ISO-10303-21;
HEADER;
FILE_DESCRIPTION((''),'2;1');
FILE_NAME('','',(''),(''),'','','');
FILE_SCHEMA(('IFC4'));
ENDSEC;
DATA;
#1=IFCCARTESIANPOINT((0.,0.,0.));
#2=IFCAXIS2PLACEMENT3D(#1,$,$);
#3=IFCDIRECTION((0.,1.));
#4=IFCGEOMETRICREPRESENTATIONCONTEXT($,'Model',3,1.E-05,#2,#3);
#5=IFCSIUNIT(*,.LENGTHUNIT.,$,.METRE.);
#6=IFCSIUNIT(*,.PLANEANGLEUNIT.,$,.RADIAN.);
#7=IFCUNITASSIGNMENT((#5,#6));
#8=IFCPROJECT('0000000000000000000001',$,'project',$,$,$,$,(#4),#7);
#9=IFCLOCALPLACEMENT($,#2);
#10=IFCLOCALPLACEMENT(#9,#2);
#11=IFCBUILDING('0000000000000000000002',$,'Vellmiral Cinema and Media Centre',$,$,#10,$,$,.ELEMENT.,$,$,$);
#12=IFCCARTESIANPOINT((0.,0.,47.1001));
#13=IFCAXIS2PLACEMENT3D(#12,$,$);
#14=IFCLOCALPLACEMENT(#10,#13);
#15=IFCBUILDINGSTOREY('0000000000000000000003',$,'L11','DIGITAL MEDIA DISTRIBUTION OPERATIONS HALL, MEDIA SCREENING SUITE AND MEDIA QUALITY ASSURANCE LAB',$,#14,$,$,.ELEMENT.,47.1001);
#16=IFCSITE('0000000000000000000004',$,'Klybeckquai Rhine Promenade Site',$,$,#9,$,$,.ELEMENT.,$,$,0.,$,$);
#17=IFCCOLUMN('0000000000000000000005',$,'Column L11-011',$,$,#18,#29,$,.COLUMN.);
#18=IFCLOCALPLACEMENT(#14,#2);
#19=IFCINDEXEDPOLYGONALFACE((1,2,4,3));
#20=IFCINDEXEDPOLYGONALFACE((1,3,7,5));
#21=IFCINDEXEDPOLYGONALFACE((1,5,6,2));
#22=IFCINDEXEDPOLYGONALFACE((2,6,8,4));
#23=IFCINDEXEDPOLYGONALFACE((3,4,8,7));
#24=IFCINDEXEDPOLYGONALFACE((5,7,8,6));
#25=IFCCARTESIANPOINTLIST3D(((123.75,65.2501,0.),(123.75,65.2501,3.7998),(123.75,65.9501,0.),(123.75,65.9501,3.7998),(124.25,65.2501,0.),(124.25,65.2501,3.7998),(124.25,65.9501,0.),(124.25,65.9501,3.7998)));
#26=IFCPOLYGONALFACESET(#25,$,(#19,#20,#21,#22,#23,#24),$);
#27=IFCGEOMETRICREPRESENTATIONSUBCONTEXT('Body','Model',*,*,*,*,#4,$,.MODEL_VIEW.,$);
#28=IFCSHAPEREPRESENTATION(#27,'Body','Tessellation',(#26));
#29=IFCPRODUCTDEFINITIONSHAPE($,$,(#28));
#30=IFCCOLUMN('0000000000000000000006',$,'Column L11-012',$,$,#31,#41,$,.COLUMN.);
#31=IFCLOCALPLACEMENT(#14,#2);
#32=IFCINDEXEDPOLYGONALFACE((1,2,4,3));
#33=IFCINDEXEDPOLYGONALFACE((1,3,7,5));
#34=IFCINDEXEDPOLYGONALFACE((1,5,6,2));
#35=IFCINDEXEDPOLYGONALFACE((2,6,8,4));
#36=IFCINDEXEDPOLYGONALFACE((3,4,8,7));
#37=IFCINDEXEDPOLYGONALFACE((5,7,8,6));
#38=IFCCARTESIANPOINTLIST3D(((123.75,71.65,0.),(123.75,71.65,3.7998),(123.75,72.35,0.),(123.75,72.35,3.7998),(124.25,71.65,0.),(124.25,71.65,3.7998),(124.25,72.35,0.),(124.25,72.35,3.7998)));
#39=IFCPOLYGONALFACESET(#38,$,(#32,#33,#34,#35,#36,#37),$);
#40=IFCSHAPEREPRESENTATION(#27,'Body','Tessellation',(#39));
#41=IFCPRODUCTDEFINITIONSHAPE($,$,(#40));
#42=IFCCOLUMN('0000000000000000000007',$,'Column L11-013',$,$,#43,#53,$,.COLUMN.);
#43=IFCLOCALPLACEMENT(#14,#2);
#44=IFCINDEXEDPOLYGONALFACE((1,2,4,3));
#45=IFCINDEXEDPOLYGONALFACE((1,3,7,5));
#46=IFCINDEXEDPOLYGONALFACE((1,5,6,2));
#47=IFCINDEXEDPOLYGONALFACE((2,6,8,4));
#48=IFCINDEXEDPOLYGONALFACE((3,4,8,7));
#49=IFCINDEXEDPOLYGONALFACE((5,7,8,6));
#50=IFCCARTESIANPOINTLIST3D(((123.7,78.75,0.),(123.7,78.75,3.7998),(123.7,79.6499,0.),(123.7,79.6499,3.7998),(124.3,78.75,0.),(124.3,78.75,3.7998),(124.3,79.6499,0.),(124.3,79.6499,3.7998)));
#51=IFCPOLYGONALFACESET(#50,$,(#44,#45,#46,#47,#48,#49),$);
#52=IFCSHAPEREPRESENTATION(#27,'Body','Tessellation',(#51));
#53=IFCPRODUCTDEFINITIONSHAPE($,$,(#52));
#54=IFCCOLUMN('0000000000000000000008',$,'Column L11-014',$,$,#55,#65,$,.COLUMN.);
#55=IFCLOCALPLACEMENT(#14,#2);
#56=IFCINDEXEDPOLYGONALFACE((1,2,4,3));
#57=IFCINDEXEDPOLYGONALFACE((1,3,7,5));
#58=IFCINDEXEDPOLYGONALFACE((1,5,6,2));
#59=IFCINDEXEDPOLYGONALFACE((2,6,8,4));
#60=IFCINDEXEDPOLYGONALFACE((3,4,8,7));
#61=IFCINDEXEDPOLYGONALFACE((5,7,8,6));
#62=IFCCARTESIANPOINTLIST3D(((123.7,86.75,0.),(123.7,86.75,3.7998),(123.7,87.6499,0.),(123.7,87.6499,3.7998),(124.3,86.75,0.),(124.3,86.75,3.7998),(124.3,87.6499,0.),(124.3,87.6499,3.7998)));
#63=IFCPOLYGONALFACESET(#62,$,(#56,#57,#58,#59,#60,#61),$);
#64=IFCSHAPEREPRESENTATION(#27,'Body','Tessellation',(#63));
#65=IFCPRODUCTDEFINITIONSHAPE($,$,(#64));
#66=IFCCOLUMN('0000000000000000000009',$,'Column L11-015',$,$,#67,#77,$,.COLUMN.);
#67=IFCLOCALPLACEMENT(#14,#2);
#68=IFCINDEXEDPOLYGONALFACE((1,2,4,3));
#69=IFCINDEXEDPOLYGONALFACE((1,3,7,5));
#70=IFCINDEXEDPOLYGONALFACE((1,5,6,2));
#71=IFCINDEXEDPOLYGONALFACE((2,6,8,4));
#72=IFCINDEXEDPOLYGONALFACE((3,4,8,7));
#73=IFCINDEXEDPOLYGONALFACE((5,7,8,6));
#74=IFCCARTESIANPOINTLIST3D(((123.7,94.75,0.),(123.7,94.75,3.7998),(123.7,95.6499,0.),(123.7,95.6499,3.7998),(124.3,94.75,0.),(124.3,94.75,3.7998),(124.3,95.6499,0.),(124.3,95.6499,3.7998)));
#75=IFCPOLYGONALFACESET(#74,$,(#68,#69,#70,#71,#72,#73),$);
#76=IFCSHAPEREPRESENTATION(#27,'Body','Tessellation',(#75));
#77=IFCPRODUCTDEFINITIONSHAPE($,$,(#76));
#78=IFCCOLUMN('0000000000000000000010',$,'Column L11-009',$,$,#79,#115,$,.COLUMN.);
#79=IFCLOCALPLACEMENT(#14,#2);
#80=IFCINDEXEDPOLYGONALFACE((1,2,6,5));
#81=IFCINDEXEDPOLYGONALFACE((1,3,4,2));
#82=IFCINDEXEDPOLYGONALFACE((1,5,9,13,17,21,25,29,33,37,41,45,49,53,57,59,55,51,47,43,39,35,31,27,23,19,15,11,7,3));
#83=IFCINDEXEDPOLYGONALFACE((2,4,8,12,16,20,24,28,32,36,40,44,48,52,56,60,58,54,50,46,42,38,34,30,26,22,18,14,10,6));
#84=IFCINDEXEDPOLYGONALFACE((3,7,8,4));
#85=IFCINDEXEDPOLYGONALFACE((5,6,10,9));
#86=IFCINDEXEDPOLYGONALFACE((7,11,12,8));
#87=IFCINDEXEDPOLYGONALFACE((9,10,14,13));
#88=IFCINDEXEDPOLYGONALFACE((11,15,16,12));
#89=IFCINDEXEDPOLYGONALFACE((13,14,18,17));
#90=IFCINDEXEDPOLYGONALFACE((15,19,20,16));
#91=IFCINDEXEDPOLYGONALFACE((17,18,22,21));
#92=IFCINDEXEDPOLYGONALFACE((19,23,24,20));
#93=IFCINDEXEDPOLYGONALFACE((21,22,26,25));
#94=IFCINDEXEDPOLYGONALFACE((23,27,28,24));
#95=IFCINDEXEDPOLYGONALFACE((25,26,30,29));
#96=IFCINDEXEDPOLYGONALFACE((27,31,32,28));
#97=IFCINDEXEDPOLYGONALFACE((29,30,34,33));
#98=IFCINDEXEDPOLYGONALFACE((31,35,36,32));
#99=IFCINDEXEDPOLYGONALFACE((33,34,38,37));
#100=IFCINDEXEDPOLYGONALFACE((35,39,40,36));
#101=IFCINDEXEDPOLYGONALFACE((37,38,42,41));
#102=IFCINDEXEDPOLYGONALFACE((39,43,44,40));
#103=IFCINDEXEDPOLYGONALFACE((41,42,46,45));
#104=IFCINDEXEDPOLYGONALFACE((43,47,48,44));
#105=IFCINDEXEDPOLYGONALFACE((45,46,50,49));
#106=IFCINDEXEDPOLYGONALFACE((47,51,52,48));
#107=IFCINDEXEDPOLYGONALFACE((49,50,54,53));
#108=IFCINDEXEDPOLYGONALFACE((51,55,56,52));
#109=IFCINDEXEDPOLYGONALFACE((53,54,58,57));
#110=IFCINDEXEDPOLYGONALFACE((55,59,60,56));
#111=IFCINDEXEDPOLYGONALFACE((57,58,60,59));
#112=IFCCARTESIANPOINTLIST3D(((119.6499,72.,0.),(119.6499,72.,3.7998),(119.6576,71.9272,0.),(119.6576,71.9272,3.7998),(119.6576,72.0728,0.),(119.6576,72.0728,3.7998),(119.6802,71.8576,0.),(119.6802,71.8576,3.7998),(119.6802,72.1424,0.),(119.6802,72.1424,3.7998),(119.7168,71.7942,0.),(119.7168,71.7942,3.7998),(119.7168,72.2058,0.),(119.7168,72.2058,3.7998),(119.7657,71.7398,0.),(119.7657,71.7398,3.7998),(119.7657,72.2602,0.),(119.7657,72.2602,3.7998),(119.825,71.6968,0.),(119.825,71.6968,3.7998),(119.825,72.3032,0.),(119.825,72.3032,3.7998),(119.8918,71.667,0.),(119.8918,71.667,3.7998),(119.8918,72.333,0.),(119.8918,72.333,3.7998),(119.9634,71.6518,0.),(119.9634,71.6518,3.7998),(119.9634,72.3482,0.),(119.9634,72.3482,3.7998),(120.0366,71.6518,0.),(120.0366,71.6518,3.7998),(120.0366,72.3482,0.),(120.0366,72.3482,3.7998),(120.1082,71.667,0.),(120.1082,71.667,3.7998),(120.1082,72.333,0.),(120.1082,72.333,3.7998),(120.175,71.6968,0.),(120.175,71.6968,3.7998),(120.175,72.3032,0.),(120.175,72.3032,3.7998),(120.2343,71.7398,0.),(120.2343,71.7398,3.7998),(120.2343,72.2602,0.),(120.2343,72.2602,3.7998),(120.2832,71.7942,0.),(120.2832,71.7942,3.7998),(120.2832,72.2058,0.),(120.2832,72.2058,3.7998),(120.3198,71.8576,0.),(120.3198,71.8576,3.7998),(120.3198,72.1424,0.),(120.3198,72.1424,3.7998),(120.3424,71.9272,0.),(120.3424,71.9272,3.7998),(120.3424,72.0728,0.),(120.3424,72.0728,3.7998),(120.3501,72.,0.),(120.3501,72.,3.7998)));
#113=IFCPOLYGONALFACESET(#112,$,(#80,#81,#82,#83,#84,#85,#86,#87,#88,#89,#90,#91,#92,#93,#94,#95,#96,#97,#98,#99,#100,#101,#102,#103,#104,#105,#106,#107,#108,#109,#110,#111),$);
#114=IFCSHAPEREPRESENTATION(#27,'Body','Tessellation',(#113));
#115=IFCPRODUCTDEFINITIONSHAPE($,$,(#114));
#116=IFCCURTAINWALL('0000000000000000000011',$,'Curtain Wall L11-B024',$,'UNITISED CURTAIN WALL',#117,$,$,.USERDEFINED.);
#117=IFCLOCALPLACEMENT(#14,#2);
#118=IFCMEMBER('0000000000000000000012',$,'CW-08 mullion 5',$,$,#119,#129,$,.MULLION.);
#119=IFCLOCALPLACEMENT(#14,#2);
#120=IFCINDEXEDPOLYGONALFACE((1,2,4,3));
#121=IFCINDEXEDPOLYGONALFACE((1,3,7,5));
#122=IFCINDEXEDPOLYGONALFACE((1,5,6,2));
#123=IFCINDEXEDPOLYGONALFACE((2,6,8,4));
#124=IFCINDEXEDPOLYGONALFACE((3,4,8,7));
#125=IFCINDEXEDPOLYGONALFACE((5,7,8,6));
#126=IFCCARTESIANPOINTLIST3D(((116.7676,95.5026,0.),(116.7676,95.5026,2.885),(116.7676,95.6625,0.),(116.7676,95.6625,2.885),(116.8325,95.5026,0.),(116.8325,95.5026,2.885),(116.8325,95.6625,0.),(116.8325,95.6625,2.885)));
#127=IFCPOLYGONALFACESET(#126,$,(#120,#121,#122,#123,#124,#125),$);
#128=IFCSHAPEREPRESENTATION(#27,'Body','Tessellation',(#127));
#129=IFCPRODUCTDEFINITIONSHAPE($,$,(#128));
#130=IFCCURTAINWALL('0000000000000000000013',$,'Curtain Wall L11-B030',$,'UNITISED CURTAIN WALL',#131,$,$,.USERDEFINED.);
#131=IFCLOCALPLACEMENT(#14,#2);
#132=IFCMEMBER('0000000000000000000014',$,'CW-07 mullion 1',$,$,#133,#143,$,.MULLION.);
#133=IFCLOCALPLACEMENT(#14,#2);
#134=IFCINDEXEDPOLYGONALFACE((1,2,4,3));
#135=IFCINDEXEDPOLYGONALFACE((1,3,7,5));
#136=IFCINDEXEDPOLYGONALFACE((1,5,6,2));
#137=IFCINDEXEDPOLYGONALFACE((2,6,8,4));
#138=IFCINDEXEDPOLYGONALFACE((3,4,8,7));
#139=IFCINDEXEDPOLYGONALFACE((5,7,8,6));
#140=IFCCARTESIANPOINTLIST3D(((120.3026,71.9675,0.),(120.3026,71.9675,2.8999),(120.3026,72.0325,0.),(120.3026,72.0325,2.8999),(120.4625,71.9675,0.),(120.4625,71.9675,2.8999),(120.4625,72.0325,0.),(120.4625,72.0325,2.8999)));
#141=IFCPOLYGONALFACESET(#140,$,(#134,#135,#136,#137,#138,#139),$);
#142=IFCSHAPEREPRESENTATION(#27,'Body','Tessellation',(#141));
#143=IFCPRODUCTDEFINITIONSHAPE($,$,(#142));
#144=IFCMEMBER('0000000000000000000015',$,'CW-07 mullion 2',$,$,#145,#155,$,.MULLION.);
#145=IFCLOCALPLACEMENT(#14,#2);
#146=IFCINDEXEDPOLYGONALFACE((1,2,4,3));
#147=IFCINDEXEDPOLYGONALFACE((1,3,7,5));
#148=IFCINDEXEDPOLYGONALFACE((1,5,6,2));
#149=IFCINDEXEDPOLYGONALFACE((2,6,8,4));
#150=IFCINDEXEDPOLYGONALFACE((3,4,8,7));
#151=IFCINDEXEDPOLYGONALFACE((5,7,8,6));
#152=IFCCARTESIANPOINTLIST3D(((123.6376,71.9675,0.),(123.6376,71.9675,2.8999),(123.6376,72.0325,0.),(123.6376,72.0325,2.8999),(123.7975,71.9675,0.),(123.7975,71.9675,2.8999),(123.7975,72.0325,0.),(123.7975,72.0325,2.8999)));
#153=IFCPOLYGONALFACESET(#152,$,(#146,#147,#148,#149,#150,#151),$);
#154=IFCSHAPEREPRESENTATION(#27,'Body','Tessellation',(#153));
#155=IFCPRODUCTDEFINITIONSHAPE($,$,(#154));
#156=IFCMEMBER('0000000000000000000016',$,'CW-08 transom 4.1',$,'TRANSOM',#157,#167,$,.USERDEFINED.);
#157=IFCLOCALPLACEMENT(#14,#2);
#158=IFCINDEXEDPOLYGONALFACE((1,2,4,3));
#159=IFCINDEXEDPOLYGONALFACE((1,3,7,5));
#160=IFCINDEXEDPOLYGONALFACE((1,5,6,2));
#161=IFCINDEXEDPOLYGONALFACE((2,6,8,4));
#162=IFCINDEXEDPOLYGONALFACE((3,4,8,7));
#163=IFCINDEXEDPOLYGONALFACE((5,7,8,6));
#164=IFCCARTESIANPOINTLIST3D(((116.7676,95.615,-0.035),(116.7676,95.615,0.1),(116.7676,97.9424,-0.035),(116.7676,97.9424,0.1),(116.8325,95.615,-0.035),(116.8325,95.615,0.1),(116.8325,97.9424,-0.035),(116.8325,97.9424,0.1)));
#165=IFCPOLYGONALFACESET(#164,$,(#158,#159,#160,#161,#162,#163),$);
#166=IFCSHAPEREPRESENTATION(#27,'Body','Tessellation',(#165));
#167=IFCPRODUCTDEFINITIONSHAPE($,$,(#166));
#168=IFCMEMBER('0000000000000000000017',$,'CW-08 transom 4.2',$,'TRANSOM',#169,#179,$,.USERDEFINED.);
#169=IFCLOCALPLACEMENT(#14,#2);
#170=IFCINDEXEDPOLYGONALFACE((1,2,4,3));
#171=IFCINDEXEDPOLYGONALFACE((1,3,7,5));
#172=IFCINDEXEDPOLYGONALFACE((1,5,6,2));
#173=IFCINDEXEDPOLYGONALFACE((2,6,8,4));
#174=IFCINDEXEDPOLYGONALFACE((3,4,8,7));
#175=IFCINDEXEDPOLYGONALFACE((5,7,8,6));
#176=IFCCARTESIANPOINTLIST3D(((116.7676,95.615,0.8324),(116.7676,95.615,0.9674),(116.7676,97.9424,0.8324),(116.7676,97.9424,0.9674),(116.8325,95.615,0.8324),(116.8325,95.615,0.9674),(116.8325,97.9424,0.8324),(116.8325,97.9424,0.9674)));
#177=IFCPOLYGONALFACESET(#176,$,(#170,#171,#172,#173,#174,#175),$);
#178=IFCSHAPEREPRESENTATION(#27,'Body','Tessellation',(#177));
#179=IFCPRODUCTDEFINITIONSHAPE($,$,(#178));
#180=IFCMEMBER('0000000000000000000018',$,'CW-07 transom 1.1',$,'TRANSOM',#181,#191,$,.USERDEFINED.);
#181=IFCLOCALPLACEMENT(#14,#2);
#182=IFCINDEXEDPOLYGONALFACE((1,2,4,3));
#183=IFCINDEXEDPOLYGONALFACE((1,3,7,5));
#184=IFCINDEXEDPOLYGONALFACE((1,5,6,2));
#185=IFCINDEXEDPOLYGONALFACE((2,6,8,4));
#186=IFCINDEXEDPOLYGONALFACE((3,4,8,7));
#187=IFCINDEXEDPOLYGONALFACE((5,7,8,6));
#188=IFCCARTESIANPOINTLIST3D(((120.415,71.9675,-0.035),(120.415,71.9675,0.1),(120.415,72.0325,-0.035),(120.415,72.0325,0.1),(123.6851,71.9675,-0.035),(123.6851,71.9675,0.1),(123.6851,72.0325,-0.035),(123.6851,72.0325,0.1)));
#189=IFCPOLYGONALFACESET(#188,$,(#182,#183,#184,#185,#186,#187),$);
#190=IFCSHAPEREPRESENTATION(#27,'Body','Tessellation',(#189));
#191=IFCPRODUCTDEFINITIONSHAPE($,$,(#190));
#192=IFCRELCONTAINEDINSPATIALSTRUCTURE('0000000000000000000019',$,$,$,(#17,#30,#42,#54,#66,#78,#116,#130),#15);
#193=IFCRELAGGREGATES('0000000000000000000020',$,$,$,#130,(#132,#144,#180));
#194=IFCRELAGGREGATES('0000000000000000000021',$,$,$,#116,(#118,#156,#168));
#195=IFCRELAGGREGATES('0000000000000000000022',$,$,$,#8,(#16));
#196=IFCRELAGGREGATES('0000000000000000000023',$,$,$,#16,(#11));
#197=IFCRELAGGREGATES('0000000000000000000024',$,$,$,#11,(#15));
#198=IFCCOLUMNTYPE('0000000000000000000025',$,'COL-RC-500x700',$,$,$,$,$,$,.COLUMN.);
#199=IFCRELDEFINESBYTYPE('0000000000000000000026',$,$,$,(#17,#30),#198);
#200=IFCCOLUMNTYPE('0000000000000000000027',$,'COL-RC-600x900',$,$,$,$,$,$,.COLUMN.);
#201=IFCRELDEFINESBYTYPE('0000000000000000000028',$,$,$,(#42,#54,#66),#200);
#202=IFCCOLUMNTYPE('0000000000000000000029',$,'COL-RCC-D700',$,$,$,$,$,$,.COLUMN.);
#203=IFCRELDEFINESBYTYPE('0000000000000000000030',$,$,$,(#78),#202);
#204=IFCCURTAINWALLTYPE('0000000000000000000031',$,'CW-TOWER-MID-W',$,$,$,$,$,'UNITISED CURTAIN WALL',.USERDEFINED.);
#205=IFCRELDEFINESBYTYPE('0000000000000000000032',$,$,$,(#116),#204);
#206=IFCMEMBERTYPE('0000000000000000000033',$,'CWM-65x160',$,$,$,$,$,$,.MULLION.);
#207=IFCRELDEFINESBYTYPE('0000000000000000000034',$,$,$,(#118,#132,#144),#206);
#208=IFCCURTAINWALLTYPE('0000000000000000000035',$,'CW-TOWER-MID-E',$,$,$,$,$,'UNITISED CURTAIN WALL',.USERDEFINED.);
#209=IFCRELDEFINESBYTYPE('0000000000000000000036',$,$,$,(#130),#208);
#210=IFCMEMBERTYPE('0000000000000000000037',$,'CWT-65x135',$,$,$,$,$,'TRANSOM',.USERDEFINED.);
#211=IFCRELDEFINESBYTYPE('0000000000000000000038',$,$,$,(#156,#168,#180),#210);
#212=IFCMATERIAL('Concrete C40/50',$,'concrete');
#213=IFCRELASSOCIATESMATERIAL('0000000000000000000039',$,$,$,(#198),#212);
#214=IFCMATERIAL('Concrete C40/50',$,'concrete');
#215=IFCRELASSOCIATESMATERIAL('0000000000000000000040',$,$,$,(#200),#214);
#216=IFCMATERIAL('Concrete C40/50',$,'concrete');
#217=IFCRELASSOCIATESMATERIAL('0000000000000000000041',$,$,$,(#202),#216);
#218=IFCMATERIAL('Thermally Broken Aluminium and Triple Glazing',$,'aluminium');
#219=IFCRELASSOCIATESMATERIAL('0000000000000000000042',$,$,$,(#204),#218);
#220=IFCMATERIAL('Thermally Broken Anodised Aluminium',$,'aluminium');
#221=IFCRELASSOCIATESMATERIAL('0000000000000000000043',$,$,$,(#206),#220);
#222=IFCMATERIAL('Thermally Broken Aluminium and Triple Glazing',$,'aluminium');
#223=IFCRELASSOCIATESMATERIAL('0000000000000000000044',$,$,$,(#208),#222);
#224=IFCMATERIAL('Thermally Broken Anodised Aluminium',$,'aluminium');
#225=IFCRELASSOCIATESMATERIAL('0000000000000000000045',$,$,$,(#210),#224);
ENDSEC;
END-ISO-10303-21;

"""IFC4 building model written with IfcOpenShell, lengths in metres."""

from ifc_helpers import new_model, si_unit, direction, frame, origin, origin_2d, place, context, subcontext, project, spatial, rectangle, circle, extrude, material, material_profile, profile_set, type_object, element, aggregate, save


model = new_model("IFC4")

# Units and contexts
model_context = context("Model", 3, precision=1e-05, world=origin(), true_north=direction((0.0, 1.0)))
body_context = subcontext(model_context, "Body", "Model", "MODEL_VIEW")
ifc_project = project(units=[si_unit("LENGTHUNIT", "METRE"), si_unit("PLANEANGLEUNIT", "RADIAN")], contexts=[model_context])

# Site, building, storey
site_placement = place(None, origin())
site = spatial("IfcSite", under=ifc_project, at=site_placement, Name="Klybeckquai Rhine Promenade Site", CompositionType="ELEMENT", RefElevation=0.0)
building_placement = place(site_placement, origin())
building = spatial("IfcBuilding", under=site, at=building_placement, Name="Vellmiral Cinema and Media Centre", CompositionType="ELEMENT")
storey_placement = place(building_placement, frame((0.0, 0.0, 47.1001)))
storey = spatial("IfcBuildingStorey", under=building, at=storey_placement, Name="L11", Description="DIGITAL MEDIA DISTRIBUTION OPERATIONS HALL, MEDIA SCREENING SUITE AND MEDIA QUALITY ASSURANCE LAB", CompositionType="ELEMENT", Elevation=47.1001)

# Columns
ifc_material_1 = material(Name="Concrete C40/50", Category="concrete")
ifc_material_profile_1 = material_profile(ifc_material_1, rectangle(XDim=0.5, YDim=0.7, at=origin_2d()), Name="RC 500x700")
ifc_profile_set_1 = profile_set([ifc_material_profile_1], Name="Concrete C40/50")
column_type_1 = type_object("IfcColumnType", Name="COL-RC-500x700", PredefinedType="COLUMN", material=ifc_profile_set_1)
for number, where, z_axis, x_axis, name in (
    (1, (124.0, 65.6001, 0.0), (0.0, 0.0, 1.0), (1.0, 0.0, 0.0), "Column L11-011"),
    (2, (124.0, 72.0, 0.0), (0.0, 0.0, 1.0), (1.0, 0.0, 0.0), "Column L11-012"),
):
    element("IfcColumn", number, at=place(storey_placement, frame(where, z_axis=z_axis, x_axis=x_axis)), inside=storey, type_object=column_type_1, Name=name, PredefinedType="COLUMN", context=body_context, shape_type="SweptSolid", body=[
        extrude(rectangle(XDim=0.5, YDim=0.7, at=origin_2d()), origin(), (0.0, 0.0, 1.0), 3.7998),
    ])
ifc_material_2 = material(Name="Concrete C40/50", Category="concrete")
ifc_material_profile_2 = material_profile(ifc_material_2, rectangle(XDim=0.6001, YDim=0.8999, at=origin_2d()), Name="RC 600x900")
ifc_profile_set_2 = profile_set([ifc_material_profile_2], Name="Concrete C40/50")
column_type_2 = type_object("IfcColumnType", Name="COL-RC-600x900", PredefinedType="COLUMN", material=ifc_profile_set_2)
for number, where, z_axis, x_axis, name in (
    (3, (124.0, 79.2, 0.0), (0.0, 0.0, 1.0), (1.0, 0.0, 0.0), "Column L11-013"),
    (4, (124.0, 87.2, 0.0), (0.0, 0.0, 1.0), (1.0, 0.0, 0.0), "Column L11-014"),
    (5, (124.0, 95.2, 0.0), (0.0, 0.0, 1.0), (1.0, 0.0, 0.0), "Column L11-015"),
):
    element("IfcColumn", number, at=place(storey_placement, frame(where, z_axis=z_axis, x_axis=x_axis)), inside=storey, type_object=column_type_2, Name=name, PredefinedType="COLUMN", context=body_context, shape_type="SweptSolid", body=[
        extrude(rectangle(XDim=0.6001, YDim=0.8999, at=origin_2d()), origin(), (0.0, 0.0, 1.0), 3.7998),
    ])
ifc_material_3 = material(Name="Concrete C40/50", Category="concrete")
ifc_material_profile_3 = material_profile(ifc_material_3, circle(Radius=0.3501, at=origin_2d()), Name="RC D700")
ifc_profile_set_3 = profile_set([ifc_material_profile_3], Name="Concrete C40/50")
column_type_3 = type_object("IfcColumnType", Name="COL-RCC-D700", PredefinedType="COLUMN", material=ifc_profile_set_3)
column_placement = place(storey_placement, frame((120.0, 72.0, 0.0), z_axis=(0.0, 0.0, 1.0), x_axis=(1.0, 0.0, 0.0)))
element("IfcColumn", 6, at=column_placement, inside=storey, type_object=column_type_3, Name="Column L11-009", PredefinedType="COLUMN", context=body_context, shape_type="SweptSolid", body=[
    extrude(circle(Radius=0.3501, at=origin_2d()), origin(), (0.0, 0.0, 1.0), 3.7998),
])

# Curtain wall, member
ifc_material_4 = material(Name="Thermally Broken Aluminium and Triple Glazing", Category="aluminium")
curtain_wall_type_1 = type_object("IfcCurtainWallType", Name="CW-TOWER-MID-W", ElementType="UNITISED CURTAIN WALL", PredefinedType="USERDEFINED", material=ifc_material_4)
curtain_wall_1_placement = place(storey_placement, origin())
curtain_wall_1 = element("IfcCurtainWall", 7, at=curtain_wall_1_placement, inside=storey, type_object=curtain_wall_type_1, Name="Curtain Wall L11-B024", ObjectType="UNITISED CURTAIN WALL", PredefinedType="USERDEFINED")
ifc_material_5 = material(Name="Thermally Broken Anodised Aluminium", Category="aluminium")
ifc_material_profile_4 = material_profile(ifc_material_5, rectangle(XDim=0.0649, YDim=0.1599, at=origin_2d()), Name="MULL 65x160")
ifc_profile_set_4 = profile_set([ifc_material_profile_4], Name="Thermally Broken Anodised Aluminium")
member_type_1 = type_object("IfcMemberType", Name="CWM-65x160", PredefinedType="MULLION", material=ifc_profile_set_4)
member_1_placement = place(storey_placement, frame((116.8, 95.5825, 0.0), z_axis=(0.0, 0.0, 1.0), x_axis=(1.0, 0.0, 0.0)))
member_1 = element("IfcMember", 8, at=member_1_placement, type_object=member_type_1, Name="CW-08 mullion 5", PredefinedType="MULLION", context=body_context, shape_type="SweptSolid", body=[
    extrude(rectangle(XDim=0.0649, YDim=0.1599, at=origin_2d()), origin(), (0.0, 0.0, 1.0), 2.885),
])

# Curtain wall, members
ifc_material_6 = material(Name="Thermally Broken Aluminium and Triple Glazing", Category="aluminium")
curtain_wall_type_2 = type_object("IfcCurtainWallType", Name="CW-TOWER-MID-E", ElementType="UNITISED CURTAIN WALL", PredefinedType="USERDEFINED", material=ifc_material_6)
curtain_wall_2_placement = place(storey_placement, origin())
curtain_wall_2 = element("IfcCurtainWall", 9, at=curtain_wall_2_placement, inside=storey, type_object=curtain_wall_type_2, Name="Curtain Wall L11-B030", ObjectType="UNITISED CURTAIN WALL", PredefinedType="USERDEFINED")
member_2_placement = place(storey_placement, frame((120.3826, 72.0, 0.0), z_axis=(0.0, 0.0, 1.0), x_axis=(0.0, 1.0, 0.0)))
member_2 = element("IfcMember", 10, at=member_2_placement, type_object=member_type_1, Name="CW-07 mullion 1", PredefinedType="MULLION", context=body_context, shape_type="SweptSolid", body=[
    extrude(rectangle(XDim=0.0649, YDim=0.1599, at=origin_2d()), origin(), (0.0, 0.0, 1.0), 2.8999),
])
member_3_placement = place(storey_placement, frame((123.7175, 72.0, 0.0), z_axis=(0.0, 0.0, 1.0), x_axis=(0.0, 1.0, 0.0)))
member_3 = element("IfcMember", 11, at=member_3_placement, type_object=member_type_1, Name="CW-07 mullion 2", PredefinedType="MULLION", context=body_context, shape_type="SweptSolid", body=[
    extrude(rectangle(XDim=0.0649, YDim=0.1599, at=origin_2d()), origin(), (0.0, 0.0, 1.0), 2.8999),
])

# Members
ifc_material_7 = material(Name="Thermally Broken Anodised Aluminium", Category="aluminium")
ifc_material_profile_5 = material_profile(ifc_material_7, rectangle(XDim=0.0649, YDim=0.135, at=origin_2d()), Name="MULL 65x135")
ifc_profile_set_5 = profile_set([ifc_material_profile_5], Name="Thermally Broken Anodised Aluminium")
member_type_2 = type_object("IfcMemberType", Name="CWT-65x135", ElementType="TRANSOM", PredefinedType="USERDEFINED", material=ifc_profile_set_5)
member_4_placement = place(storey_placement, frame((116.8, 97.9424, 0.0325), z_axis=(0.0, -1.0, 0.0), x_axis=(1.0, 0.0, 0.0)))
member_4 = element("IfcMember", 12, at=member_4_placement, type_object=member_type_2, Name="CW-08 transom 4.1", ObjectType="TRANSOM", PredefinedType="USERDEFINED", context=body_context, shape_type="SweptSolid", body=[
    extrude(rectangle(XDim=0.0649, YDim=0.135, at=origin_2d()), origin(), (0.0, 0.0, 1.0), 2.3274),
])
member_5_placement = place(storey_placement, frame((116.8, 97.9424, 0.8999), z_axis=(0.0, -1.0, 0.0), x_axis=(1.0, 0.0, 0.0)))
member_5 = element("IfcMember", 13, at=member_5_placement, type_object=member_type_2, Name="CW-08 transom 4.2", ObjectType="TRANSOM", PredefinedType="USERDEFINED", context=body_context, shape_type="SweptSolid", body=[
    extrude(rectangle(XDim=0.0649, YDim=0.135, at=origin_2d()), origin(), (0.0, 0.0, 1.0), 2.3274),
])
member_6_placement = place(storey_placement, frame((120.415, 72.0, 0.0325), z_axis=(1.0, 0.0, 0.0), x_axis=(0.0, 1.0, 0.0)))
member_6 = element("IfcMember", 14, at=member_6_placement, type_object=member_type_2, Name="CW-07 transom 1.1", ObjectType="TRANSOM", PredefinedType="USERDEFINED", context=body_context, shape_type="SweptSolid", body=[
    extrude(rectangle(XDim=0.0649, YDim=0.135, at=origin_2d()), origin(), (0.0, 0.0, 1.0), 3.27),
])

aggregate(curtain_wall_2, [member_2, member_3, member_6])
aggregate(curtain_wall_1, [member_1, member_4, member_5])

save(model, "model.ifc")
